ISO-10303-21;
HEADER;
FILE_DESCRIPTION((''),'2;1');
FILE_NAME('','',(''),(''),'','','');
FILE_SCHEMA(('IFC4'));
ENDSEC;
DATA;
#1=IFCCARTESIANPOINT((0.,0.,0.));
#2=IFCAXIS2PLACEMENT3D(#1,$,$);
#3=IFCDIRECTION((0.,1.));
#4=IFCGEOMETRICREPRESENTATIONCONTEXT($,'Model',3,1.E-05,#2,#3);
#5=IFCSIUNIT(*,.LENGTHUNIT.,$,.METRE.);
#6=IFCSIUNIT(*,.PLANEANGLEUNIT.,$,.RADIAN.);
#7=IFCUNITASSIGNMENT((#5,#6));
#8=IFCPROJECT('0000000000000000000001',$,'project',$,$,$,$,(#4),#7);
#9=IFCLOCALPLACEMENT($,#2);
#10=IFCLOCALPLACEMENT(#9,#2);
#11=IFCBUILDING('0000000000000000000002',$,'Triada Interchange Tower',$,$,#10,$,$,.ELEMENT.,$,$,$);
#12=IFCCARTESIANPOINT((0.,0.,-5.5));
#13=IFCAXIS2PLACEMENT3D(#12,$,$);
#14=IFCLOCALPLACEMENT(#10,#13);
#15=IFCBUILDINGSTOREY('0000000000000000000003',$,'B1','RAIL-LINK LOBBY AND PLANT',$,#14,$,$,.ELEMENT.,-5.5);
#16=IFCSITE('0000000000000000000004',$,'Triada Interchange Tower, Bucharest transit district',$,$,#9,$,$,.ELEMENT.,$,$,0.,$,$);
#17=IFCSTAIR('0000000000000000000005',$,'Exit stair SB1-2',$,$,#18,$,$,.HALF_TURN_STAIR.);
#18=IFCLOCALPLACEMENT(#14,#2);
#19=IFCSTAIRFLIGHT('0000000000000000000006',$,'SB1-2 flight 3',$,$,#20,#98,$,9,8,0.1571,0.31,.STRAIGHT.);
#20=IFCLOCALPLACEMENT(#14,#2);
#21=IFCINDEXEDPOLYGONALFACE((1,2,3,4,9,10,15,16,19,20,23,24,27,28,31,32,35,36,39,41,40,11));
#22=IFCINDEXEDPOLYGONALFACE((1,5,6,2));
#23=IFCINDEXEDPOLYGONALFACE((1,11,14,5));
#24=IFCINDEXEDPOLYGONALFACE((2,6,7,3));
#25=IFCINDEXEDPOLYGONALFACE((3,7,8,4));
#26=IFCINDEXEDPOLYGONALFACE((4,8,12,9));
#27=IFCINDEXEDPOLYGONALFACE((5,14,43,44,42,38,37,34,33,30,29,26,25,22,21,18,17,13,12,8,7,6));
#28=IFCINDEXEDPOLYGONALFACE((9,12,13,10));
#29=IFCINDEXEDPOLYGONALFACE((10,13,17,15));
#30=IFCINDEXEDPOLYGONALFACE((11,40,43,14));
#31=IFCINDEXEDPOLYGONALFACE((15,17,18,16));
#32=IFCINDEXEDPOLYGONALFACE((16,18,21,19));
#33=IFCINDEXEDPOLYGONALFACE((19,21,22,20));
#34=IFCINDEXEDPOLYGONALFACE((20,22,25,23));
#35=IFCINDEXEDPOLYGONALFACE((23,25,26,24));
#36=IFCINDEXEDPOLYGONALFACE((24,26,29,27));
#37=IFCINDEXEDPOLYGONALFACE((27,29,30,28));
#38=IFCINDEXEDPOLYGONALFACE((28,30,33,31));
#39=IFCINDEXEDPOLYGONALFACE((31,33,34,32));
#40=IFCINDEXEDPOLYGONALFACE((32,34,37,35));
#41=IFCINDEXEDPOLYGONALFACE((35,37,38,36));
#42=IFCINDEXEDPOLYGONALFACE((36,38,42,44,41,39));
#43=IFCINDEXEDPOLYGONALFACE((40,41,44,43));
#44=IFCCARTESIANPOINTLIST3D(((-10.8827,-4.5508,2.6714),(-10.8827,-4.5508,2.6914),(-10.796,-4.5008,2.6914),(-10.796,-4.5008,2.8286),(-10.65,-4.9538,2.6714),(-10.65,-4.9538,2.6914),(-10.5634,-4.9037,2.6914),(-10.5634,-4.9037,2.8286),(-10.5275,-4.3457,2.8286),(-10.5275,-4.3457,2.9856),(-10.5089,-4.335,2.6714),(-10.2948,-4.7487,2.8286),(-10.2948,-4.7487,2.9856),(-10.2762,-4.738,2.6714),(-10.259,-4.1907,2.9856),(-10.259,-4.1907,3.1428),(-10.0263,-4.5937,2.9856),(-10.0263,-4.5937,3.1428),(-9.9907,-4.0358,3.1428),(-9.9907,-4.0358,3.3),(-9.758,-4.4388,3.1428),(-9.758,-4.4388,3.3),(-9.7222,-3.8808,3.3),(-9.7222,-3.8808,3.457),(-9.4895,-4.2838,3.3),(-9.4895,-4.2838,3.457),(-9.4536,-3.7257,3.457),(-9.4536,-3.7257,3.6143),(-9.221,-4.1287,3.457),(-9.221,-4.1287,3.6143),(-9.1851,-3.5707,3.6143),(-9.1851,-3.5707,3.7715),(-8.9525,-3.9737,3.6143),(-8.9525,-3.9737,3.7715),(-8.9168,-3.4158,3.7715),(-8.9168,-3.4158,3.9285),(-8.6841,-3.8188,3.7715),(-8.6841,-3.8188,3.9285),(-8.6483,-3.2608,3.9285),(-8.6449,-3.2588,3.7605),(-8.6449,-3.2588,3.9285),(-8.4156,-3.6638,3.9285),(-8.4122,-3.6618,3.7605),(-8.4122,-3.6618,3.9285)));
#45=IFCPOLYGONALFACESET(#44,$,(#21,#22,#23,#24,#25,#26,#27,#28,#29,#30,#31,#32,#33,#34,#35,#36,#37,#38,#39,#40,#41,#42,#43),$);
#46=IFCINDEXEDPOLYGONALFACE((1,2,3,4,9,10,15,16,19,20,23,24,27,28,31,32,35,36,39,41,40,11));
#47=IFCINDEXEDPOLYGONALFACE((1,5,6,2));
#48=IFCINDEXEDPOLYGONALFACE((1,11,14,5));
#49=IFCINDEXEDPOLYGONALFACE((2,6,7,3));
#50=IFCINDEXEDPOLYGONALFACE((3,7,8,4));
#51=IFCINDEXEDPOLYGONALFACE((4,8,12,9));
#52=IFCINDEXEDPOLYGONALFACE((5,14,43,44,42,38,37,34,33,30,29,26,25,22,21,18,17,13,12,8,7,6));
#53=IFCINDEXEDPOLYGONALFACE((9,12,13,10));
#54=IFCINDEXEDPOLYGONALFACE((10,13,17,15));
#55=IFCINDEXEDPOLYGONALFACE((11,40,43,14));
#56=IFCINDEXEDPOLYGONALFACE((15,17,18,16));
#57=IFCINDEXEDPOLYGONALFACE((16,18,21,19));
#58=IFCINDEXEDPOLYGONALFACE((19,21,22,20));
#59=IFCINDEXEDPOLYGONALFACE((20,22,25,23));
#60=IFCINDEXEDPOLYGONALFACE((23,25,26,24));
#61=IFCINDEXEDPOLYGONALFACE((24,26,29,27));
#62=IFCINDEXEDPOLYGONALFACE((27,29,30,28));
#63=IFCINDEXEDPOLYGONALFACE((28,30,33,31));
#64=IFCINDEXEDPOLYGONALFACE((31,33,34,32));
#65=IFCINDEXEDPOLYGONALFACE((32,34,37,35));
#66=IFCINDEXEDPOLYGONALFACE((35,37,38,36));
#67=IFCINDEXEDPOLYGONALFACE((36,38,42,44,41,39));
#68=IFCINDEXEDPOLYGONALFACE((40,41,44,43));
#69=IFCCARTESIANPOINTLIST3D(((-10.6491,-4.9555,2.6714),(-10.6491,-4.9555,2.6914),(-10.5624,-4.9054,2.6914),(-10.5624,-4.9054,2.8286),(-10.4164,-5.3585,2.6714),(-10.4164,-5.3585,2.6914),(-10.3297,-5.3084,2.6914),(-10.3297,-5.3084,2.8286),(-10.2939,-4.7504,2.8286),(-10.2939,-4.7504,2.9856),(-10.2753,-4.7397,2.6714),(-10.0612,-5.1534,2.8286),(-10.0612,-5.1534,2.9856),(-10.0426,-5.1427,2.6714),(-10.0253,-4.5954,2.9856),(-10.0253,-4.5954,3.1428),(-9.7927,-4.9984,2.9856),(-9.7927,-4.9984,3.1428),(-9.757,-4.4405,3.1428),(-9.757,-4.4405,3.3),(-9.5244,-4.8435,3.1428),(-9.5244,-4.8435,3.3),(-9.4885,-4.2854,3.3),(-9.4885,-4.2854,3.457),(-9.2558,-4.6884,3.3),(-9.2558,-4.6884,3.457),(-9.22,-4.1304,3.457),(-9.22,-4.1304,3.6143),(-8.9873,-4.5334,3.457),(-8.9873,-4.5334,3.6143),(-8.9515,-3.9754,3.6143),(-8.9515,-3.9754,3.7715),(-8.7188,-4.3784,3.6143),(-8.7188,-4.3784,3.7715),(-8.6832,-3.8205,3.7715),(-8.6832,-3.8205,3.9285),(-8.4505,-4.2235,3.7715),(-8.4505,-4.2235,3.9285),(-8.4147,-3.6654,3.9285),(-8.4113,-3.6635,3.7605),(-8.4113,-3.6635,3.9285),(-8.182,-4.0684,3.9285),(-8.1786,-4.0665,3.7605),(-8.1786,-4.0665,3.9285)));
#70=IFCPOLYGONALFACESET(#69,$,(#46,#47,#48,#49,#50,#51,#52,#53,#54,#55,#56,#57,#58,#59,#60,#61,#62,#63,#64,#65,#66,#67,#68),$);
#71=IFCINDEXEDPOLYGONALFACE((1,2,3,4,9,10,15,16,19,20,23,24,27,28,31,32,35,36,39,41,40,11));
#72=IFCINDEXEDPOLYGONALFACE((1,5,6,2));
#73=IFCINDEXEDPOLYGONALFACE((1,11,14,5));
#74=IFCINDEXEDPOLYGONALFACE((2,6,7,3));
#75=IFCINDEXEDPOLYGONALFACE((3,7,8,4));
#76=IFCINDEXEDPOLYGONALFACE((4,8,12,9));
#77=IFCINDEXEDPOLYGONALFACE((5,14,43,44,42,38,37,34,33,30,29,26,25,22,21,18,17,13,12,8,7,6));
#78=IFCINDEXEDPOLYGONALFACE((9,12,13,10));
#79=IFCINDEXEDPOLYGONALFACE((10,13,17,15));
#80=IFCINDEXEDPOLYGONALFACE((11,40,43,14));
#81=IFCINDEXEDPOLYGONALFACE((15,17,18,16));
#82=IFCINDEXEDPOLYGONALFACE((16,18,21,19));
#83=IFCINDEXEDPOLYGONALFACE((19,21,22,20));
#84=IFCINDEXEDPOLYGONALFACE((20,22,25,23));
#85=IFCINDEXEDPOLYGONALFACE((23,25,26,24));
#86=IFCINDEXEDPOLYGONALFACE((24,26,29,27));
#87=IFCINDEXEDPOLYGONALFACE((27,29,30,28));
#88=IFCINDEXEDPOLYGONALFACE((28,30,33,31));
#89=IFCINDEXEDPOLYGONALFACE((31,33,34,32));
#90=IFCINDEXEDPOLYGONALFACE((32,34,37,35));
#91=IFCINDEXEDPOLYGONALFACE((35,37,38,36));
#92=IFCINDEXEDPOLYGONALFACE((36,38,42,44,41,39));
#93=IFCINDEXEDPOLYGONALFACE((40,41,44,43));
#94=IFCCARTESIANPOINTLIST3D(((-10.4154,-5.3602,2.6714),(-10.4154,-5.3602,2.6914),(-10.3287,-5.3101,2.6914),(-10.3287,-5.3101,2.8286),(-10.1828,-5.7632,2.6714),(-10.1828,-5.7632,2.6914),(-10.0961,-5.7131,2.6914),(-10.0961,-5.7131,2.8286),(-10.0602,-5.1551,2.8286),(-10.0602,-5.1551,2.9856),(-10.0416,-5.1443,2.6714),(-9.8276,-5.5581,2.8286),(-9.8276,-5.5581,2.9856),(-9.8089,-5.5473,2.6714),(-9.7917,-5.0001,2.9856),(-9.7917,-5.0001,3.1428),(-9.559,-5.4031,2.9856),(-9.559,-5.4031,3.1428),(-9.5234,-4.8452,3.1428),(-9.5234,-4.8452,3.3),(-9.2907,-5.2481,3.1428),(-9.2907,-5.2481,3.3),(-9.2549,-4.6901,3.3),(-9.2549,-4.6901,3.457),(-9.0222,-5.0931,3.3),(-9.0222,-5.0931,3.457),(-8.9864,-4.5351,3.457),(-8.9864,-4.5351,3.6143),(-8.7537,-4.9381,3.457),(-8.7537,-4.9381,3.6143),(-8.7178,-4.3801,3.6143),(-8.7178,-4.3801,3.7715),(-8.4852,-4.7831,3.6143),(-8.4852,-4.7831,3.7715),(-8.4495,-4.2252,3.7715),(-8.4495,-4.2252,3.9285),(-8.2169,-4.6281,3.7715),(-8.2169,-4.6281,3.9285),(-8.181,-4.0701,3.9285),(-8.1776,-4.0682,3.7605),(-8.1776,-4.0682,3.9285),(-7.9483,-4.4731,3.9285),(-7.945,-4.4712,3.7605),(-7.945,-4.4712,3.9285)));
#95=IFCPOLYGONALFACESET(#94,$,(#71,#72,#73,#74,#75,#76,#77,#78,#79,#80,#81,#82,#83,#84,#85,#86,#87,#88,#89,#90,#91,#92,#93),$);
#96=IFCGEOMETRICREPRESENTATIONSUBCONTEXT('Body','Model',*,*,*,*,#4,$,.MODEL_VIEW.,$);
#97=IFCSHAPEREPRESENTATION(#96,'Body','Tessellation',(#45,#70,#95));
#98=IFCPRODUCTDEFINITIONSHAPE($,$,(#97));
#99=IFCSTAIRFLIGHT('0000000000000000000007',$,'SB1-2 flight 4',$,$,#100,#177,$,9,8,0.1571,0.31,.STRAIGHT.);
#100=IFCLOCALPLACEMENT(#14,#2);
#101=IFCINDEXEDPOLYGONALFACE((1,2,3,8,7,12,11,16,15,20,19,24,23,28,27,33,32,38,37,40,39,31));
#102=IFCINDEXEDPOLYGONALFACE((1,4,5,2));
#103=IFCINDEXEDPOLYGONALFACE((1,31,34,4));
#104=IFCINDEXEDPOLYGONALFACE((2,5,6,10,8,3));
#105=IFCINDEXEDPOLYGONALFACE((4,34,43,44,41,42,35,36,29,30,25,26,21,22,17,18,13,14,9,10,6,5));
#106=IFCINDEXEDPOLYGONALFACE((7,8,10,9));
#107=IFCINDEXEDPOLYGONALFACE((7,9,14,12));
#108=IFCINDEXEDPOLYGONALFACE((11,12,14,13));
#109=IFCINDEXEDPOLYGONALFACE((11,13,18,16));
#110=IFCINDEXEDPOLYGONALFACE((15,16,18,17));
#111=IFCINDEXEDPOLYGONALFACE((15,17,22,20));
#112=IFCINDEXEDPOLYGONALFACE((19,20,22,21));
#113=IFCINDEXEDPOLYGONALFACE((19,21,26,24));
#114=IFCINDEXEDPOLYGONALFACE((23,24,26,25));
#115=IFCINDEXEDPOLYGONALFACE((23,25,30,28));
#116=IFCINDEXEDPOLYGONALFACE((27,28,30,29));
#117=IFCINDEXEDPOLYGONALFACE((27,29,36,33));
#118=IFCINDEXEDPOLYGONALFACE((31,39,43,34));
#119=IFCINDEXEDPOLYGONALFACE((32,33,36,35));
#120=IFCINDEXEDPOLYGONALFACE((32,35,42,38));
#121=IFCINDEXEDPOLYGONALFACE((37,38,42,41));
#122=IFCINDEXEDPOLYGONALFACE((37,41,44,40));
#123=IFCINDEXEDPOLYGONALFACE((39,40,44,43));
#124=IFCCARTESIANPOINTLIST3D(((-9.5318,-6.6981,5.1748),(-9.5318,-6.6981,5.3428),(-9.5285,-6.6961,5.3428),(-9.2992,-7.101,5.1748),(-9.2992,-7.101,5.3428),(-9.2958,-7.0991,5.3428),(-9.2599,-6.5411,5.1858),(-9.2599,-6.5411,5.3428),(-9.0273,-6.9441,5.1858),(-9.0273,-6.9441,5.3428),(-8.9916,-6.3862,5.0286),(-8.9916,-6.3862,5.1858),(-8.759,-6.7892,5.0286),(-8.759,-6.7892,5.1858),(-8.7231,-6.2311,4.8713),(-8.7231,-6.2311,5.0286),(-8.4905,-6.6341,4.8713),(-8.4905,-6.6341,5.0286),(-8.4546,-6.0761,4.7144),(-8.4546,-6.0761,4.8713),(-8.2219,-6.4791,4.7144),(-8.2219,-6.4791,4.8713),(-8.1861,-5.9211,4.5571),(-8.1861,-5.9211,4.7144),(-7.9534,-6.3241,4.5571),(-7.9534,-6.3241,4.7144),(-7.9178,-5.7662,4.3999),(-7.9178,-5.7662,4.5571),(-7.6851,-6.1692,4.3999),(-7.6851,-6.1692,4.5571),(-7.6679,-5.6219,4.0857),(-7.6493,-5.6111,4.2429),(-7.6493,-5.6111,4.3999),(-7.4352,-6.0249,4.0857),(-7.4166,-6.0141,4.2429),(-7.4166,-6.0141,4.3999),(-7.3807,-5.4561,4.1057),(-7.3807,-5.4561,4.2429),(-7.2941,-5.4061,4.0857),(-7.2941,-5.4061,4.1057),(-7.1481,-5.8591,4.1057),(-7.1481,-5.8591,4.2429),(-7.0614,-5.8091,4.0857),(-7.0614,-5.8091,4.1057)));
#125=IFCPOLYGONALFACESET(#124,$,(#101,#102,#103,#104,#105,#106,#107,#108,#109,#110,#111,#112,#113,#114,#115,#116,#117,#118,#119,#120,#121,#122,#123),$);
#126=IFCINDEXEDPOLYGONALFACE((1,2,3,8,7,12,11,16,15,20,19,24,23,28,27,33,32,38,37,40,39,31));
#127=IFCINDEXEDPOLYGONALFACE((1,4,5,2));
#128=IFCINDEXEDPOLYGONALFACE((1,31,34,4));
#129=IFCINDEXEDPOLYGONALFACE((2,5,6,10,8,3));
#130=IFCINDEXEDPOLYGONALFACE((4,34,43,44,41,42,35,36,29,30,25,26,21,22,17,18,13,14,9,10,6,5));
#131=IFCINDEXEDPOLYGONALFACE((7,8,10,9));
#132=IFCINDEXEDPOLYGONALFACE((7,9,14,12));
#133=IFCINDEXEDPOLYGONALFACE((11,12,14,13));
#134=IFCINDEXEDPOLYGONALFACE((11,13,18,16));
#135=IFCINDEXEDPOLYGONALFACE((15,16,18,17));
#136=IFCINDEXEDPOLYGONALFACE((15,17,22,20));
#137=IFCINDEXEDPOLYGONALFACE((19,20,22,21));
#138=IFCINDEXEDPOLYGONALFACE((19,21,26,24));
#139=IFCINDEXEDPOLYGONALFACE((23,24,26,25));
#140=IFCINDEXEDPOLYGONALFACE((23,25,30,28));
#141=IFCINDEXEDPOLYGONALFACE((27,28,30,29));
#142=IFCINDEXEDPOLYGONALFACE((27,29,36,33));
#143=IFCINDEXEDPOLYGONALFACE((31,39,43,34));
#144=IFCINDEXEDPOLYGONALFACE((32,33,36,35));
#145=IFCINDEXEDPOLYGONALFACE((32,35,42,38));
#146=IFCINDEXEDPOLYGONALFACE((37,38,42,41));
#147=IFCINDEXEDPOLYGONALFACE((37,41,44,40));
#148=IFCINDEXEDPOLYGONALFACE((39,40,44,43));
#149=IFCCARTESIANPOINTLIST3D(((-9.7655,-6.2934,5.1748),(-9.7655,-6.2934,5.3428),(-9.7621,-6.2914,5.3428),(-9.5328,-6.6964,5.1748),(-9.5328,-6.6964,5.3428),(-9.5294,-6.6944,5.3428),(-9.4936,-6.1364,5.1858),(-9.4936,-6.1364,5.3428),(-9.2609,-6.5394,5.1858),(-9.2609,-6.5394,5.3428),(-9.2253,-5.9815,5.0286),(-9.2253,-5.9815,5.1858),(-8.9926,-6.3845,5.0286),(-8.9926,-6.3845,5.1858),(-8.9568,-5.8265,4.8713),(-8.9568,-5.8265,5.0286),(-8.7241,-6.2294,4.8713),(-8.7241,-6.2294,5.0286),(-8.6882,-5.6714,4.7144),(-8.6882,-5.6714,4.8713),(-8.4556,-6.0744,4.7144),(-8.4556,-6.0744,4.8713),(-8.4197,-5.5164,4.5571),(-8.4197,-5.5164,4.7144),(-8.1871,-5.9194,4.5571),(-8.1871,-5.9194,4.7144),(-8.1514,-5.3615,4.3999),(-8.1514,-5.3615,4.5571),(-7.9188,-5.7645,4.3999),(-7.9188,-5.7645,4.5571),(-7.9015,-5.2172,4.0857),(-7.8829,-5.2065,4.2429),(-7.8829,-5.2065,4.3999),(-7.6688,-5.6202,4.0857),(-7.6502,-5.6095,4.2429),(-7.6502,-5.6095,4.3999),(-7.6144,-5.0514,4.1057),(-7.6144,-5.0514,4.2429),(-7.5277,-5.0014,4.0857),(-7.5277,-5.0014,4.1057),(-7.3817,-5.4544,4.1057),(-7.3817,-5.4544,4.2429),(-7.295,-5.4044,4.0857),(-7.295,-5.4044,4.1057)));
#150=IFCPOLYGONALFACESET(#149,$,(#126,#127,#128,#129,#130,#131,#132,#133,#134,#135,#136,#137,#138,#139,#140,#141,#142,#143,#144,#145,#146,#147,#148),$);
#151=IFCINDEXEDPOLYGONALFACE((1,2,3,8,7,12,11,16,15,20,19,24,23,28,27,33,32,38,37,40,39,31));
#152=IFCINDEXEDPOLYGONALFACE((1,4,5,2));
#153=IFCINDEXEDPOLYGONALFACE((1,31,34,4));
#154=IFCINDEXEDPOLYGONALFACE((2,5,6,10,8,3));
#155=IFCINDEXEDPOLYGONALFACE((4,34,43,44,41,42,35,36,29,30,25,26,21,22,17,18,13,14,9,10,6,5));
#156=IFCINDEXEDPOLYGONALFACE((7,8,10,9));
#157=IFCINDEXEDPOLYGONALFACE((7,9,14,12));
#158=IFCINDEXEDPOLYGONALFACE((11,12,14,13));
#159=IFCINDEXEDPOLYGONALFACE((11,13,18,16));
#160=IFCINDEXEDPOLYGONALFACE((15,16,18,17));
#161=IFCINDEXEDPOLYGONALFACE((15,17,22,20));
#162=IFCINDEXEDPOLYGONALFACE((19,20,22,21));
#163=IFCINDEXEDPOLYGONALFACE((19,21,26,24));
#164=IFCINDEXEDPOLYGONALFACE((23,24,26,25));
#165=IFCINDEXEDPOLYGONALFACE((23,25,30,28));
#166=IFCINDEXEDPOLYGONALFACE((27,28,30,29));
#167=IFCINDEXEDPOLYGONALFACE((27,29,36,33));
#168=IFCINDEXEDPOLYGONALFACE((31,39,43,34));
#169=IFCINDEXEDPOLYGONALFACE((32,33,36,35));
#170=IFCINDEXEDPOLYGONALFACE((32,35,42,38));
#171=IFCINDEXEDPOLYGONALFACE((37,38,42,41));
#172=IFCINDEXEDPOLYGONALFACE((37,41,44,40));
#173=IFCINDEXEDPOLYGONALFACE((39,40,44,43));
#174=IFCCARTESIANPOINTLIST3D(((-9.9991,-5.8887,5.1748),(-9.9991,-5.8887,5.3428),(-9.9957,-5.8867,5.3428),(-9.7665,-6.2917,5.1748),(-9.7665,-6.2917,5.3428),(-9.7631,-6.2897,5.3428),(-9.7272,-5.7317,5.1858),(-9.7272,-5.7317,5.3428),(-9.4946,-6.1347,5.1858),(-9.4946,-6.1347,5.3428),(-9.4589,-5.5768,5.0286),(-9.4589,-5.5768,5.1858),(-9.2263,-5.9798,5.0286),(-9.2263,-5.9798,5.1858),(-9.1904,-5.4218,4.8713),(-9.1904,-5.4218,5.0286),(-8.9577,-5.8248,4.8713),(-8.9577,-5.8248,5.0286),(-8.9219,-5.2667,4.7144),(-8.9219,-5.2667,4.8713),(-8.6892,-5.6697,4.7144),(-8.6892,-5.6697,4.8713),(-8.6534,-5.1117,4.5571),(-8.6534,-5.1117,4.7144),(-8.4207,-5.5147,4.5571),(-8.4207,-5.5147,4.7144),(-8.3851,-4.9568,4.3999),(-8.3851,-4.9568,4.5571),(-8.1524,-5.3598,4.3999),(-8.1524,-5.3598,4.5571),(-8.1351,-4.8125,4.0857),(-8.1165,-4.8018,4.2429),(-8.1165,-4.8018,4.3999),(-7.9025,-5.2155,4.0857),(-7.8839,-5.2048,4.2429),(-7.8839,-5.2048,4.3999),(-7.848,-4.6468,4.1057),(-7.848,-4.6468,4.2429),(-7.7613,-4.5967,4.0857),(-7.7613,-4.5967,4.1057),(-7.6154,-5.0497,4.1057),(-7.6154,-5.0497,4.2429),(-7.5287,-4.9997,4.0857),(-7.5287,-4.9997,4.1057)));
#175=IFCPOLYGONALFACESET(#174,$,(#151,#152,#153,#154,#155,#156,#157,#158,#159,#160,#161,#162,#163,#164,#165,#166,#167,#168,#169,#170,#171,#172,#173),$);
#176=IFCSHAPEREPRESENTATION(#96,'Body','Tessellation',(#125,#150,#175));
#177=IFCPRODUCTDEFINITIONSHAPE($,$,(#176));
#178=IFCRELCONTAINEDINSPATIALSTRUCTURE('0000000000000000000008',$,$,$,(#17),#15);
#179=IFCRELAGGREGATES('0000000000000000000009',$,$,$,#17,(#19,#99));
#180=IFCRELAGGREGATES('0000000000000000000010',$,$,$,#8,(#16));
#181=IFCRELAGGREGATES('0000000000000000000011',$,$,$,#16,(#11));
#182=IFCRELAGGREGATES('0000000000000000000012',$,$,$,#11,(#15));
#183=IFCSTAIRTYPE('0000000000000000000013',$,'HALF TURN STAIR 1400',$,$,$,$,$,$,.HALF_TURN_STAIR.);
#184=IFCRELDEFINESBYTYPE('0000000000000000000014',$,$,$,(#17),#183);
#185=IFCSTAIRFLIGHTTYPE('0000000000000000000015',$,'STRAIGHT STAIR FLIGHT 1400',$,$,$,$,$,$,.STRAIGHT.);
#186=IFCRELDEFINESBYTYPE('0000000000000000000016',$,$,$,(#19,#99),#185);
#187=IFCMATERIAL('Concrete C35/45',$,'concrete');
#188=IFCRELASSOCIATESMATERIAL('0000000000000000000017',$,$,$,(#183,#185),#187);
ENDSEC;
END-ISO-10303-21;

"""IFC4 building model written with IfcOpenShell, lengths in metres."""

from ifc_helpers import new_model, si_unit, direction, frame, origin, place, context, subcontext, project, spatial, polyline, outline, extrude, material, type_object, element, aggregate, save


model = new_model("IFC4")

# Units and contexts
model_context = context("Model", 3, precision=1e-05, world=origin(), true_north=direction((0.0, 1.0)))
body_context = subcontext(model_context, "Body", "Model", "MODEL_VIEW")
ifc_project = project(units=[si_unit("LENGTHUNIT", "METRE"), si_unit("PLANEANGLEUNIT", "RADIAN")], contexts=[model_context])

# Site, building, storey
site_placement = place(None, origin())
site = spatial("IfcSite", under=ifc_project, at=site_placement, Name="Triada Interchange Tower, Bucharest transit district", CompositionType="ELEMENT", RefElevation=0.0)
building_placement = place(site_placement, origin())
building = spatial("IfcBuilding", under=site, at=building_placement, Name="Triada Interchange Tower", CompositionType="ELEMENT")
storey_placement = place(building_placement, frame((0.0, 0.0, -5.5)))
storey = spatial("IfcBuildingStorey", under=building, at=storey_placement, Name="B1", Description="RAIL-LINK LOBBY AND PLANT", CompositionType="ELEMENT", Elevation=-5.5)

# Shared definitions
ifc_material_1 = material(Name="Concrete C35/45", Category="concrete")

# Stair, stair flights
stair_type = type_object("IfcStairType", Name="HALF TURN STAIR 1400", PredefinedType="HALF_TURN_STAIR", material=ifc_material_1)
stair_placement = place(storey_placement, origin())
stair = element("IfcStair", 1, at=stair_placement, inside=storey, type_object=stair_type, Name="Exit stair SB1-2", PredefinedType="HALF_TURN_STAIR")
stair_flight_type = type_object("IfcStairFlightType", Name="STRAIGHT STAIR FLIGHT 1400", PredefinedType="STRAIGHT", material=ifc_material_1)
stair_flight_1_placement = place(storey_placement, frame((-10.446, -5.1069, 2.6714), z_axis=(0.0, 0.0, 1.0), x_axis=(0.866025, 0.5, 0.0)))
stair_flight_1 = element("IfcStairFlight", 2, at=stair_flight_1_placement, type_object=stair_flight_type, Name="SB1-2 flight 3", NumberOfRisers=9, NumberOfTreads=8, PredefinedType="STRAIGHT", RiserHeight=0.1571, TreadLength=0.31, context=body_context, shape_type="SweptSolid", body=[
    extrude(outline(polyline([(-0.1001, 0.0), (-0.1001, 0.02), (0.0, 0.02), (0.0, 0.1572), (0.3101, 0.1572), (0.3101, 0.3142), (0.6201, 0.3142), (0.6201, 0.4714), (0.9299, 0.4714), (0.9299, 0.6287), (1.24, 0.6287), (1.24, 0.7856), (1.55, 0.7856), (1.55, 0.9429), (1.8601, 0.9429), (1.8601, 1.1001), (2.1699, 1.1001), (2.1699, 1.2571), (2.48, 1.2571), (2.4839, 1.2571), (2.4839, 1.4143), (2.4839, 1.0891), (0.3315, 0.0), (-0.1001, 0.0)])), frame((0.0, 0.7, 0.0), z_axis=(0.0, -1.0, 0.0), x_axis=(1.0, 0.0, 0.0)), (0.0, 0.0, 1.0), 0.4653),
    extrude(outline(polyline([(-0.1001, 0.0), (-0.1001, 0.02), (0.0, 0.02), (0.0, 0.1572), (0.3101, 0.1572), (0.3101, 0.3142), (0.6201, 0.3142), (0.6201, 0.4714), (0.9299, 0.4714), (0.9299, 0.6287), (1.24, 0.6287), (1.24, 0.7856), (1.55, 0.7856), (1.55, 0.9429), (1.8601, 0.9429), (1.8601, 1.1001), (2.1699, 1.1001), (2.1699, 1.2571), (2.48, 1.2571), (2.4839, 1.2571), (2.4839, 1.4143), (2.4839, 1.0891), (0.3315, 0.0), (-0.1001, 0.0)])), frame((0.0, 0.2327, 0.0), z_axis=(0.0, -1.0, 0.0), x_axis=(1.0, 0.0, 0.0)), (0.0, 0.0, 1.0), 0.4653),
    extrude(outline(polyline([(-0.1001, 0.0), (-0.1001, 0.02), (0.0, 0.02), (0.0, 0.1572), (0.3101, 0.1572), (0.3101, 0.3142), (0.6201, 0.3142), (0.6201, 0.4714), (0.9299, 0.4714), (0.9299, 0.6287), (1.24, 0.6287), (1.24, 0.7856), (1.55, 0.7856), (1.55, 0.9429), (1.8601, 0.9429), (1.8601, 1.1001), (2.1699, 1.1001), (2.1699, 1.2571), (2.48, 1.2571), (2.4839, 1.2571), (2.4839, 1.4143), (2.4839, 1.0891), (0.3315, 0.0), (-0.1001, 0.0)])), frame((0.0, -0.2346, 0.0), z_axis=(0.0, -1.0, 0.0), x_axis=(1.0, 0.0, 0.0)), (0.0, 0.0, 1.0), 0.4653),
])
stair_flight_2_placement = place(storey_placement, frame((-7.498, -5.2529, 4.0857), z_axis=(0.0, 0.0, 1.0), x_axis=(-0.866025, -0.5, 0.0)))
stair_flight_2 = element("IfcStairFlight", 3, at=stair_flight_2_placement, type_object=stair_flight_type, Name="SB1-2 flight 4", NumberOfRisers=9, NumberOfTreads=8, PredefinedType="STRAIGHT", RiserHeight=0.1571, TreadLength=0.31, context=body_context, shape_type="SweptSolid", body=[
    extrude(outline(polyline([(-0.1001, 0.0), (-0.1001, 0.02), (0.0, 0.02), (0.0, 0.1572), (0.3101, 0.1572), (0.3101, 0.3142), (0.6201, 0.3142), (0.6201, 0.4714), (0.9299, 0.4714), (0.9299, 0.6287), (1.24, 0.6287), (1.24, 0.7856), (1.55, 0.7856), (1.55, 0.9429), (1.8601, 0.9429), (1.8601, 1.1001), (2.1699, 1.1001), (2.1699, 1.2571), (2.48, 1.2571), (2.4839, 1.2571), (2.4839, 1.4143), (2.4839, 1.0891), (0.3315, 0.0), (-0.1001, 0.0)])), frame((0.0, 0.7, 0.0), z_axis=(0.0, -1.0, 0.0), x_axis=(1.0, 0.0, 0.0)), (0.0, 0.0, 1.0), 0.4653),
    extrude(outline(polyline([(-0.1001, 0.0), (-0.1001, 0.02), (0.0, 0.02), (0.0, 0.1572), (0.3101, 0.1572), (0.3101, 0.3142), (0.6201, 0.3142), (0.6201, 0.4714), (0.9299, 0.4714), (0.9299, 0.6287), (1.24, 0.6287), (1.24, 0.7856), (1.55, 0.7856), (1.55, 0.9429), (1.8601, 0.9429), (1.8601, 1.1001), (2.1699, 1.1001), (2.1699, 1.2571), (2.48, 1.2571), (2.4839, 1.2571), (2.4839, 1.4143), (2.4839, 1.0891), (0.3315, 0.0), (-0.1001, 0.0)])), frame((0.0, 0.2327, 0.0), z_axis=(0.0, -1.0, 0.0), x_axis=(1.0, 0.0, 0.0)), (0.0, 0.0, 1.0), 0.4653),
    extrude(outline(polyline([(-0.1001, 0.0), (-0.1001, 0.02), (0.0, 0.02), (0.0, 0.1572), (0.3101, 0.1572), (0.3101, 0.3142), (0.6201, 0.3142), (0.6201, 0.4714), (0.9299, 0.4714), (0.9299, 0.6287), (1.24, 0.6287), (1.24, 0.7856), (1.55, 0.7856), (1.55, 0.9429), (1.8601, 0.9429), (1.8601, 1.1001), (2.1699, 1.1001), (2.1699, 1.2571), (2.48, 1.2571), (2.4839, 1.2571), (2.4839, 1.4143), (2.4839, 1.0891), (0.3315, 0.0), (-0.1001, 0.0)])), frame((0.0, -0.2346, 0.0), z_axis=(0.0, -1.0, 0.0), x_axis=(1.0, 0.0, 0.0)), (0.0, 0.0, 1.0), 0.4653),
])
aggregate(stair, [stair_flight_1, stair_flight_2])

save(model, "model.ifc")
